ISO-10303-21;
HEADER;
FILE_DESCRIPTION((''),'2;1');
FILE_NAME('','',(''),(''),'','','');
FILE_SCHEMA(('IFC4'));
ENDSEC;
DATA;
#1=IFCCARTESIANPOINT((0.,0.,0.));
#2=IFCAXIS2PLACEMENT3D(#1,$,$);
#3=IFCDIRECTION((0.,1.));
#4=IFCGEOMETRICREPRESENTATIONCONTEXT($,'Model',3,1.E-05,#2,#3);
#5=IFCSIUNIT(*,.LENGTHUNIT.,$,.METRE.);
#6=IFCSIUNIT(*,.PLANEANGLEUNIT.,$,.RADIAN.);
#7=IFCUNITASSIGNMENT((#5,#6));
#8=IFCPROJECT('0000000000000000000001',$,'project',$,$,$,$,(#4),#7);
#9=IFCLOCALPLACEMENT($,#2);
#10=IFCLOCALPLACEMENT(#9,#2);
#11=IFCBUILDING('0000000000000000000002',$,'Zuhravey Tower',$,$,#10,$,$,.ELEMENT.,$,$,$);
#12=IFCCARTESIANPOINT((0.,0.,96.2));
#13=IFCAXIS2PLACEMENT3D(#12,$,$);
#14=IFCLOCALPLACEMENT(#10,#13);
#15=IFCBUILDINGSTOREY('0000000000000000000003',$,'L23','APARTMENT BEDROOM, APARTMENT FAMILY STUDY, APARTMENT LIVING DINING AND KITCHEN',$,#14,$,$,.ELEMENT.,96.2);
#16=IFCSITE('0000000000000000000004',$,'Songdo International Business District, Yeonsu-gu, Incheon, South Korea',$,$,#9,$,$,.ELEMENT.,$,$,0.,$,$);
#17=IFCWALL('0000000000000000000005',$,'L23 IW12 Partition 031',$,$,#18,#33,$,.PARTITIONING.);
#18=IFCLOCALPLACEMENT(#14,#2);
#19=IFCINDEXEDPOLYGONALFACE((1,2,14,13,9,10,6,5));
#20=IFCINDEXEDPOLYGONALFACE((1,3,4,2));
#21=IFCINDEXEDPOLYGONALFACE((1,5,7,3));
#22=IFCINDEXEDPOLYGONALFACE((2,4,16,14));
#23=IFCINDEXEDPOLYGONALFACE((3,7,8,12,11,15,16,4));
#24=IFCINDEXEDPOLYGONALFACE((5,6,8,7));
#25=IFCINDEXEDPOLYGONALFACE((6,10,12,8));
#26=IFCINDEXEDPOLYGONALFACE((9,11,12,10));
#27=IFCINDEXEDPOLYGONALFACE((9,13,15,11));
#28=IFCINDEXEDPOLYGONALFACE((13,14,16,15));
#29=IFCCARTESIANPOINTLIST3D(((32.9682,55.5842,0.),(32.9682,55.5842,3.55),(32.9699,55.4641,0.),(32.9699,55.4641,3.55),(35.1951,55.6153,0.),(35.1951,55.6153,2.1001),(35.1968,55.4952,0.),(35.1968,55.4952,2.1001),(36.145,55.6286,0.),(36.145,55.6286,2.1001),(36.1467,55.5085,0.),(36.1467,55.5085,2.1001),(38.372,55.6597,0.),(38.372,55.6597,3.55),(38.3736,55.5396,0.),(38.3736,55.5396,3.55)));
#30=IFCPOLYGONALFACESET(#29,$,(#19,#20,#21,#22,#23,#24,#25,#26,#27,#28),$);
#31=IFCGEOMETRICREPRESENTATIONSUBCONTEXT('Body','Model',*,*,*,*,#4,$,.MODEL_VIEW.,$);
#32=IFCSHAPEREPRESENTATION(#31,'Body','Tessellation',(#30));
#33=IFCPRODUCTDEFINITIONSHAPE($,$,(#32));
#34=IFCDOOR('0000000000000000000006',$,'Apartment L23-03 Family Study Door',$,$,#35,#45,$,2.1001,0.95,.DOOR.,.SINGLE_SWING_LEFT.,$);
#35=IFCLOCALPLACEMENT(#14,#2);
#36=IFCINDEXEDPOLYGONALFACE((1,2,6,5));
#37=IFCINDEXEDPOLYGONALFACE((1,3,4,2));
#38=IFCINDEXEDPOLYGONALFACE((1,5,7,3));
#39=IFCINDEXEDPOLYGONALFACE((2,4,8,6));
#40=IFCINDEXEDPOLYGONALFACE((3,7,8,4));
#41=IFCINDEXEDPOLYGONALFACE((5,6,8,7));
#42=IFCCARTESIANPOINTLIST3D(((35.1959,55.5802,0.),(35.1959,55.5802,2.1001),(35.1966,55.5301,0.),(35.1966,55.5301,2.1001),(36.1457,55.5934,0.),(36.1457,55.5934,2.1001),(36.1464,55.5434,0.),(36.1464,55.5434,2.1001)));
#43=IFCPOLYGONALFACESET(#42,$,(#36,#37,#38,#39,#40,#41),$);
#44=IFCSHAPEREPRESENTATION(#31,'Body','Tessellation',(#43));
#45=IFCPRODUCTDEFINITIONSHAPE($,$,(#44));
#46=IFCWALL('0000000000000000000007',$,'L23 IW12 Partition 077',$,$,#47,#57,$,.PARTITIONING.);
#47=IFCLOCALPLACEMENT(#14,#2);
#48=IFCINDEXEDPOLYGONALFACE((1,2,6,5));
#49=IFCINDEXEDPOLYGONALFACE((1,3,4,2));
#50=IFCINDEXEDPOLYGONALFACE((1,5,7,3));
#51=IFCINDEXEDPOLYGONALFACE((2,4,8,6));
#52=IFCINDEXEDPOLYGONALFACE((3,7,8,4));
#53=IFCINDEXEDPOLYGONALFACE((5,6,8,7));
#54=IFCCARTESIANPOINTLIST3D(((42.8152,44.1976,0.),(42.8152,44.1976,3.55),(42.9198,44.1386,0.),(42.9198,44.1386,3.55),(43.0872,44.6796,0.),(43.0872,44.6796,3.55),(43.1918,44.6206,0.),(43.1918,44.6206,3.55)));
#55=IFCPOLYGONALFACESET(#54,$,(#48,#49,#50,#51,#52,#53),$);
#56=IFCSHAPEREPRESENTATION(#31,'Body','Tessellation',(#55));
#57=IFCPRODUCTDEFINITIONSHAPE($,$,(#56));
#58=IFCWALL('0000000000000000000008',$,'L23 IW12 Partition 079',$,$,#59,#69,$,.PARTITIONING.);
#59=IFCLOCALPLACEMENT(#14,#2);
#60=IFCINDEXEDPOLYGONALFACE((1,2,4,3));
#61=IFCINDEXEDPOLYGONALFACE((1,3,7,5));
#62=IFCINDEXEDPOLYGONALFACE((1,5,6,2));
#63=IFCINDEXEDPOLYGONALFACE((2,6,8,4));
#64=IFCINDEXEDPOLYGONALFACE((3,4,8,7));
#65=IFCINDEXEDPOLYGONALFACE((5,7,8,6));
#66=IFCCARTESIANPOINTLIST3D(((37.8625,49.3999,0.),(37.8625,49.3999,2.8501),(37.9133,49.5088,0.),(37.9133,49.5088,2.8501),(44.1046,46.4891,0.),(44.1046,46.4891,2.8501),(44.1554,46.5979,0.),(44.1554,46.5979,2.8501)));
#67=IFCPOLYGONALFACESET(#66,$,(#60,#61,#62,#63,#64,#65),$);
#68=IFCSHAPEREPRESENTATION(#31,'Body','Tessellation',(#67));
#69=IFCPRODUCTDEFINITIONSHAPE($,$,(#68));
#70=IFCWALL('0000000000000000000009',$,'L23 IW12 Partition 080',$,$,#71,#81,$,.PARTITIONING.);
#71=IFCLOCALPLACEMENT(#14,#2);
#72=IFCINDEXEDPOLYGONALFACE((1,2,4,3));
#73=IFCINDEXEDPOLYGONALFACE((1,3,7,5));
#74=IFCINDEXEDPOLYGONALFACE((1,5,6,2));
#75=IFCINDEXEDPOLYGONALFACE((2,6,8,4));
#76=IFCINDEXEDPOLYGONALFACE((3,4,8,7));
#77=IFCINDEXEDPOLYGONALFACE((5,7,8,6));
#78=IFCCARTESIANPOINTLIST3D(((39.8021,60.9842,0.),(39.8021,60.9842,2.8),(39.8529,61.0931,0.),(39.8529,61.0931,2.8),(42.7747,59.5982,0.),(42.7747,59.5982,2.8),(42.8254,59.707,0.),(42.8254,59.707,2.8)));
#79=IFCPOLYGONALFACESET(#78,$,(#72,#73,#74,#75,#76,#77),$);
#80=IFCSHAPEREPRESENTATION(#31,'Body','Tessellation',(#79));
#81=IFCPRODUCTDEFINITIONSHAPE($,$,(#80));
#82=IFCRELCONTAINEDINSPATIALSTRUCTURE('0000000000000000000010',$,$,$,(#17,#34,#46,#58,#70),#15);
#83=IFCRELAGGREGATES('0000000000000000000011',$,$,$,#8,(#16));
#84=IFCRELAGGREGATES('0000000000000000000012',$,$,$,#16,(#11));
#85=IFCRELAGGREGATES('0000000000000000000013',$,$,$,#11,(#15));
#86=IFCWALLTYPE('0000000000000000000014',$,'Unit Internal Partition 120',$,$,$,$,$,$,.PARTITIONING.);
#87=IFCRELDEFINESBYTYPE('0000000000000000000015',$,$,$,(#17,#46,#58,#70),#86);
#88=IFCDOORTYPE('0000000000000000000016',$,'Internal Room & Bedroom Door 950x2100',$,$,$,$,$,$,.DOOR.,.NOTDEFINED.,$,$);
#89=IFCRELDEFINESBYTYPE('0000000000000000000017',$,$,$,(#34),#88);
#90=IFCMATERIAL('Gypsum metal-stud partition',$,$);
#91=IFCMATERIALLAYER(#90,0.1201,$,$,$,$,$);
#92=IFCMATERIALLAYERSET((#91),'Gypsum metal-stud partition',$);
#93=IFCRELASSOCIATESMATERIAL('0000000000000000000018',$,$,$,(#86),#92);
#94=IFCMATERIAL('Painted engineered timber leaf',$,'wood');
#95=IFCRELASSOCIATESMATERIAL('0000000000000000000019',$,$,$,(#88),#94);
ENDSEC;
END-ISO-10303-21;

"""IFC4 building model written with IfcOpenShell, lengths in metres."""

from ifc_helpers import new_model, si_unit, direction, frame, frame_2d, origin, place, context, subcontext, project, spatial, rectangle, extrude, material, layer, layer_set, type_object, element, fill, save


model = new_model("IFC4")

# Units and contexts
model_context = context("Model", 3, precision=1e-05, world=origin(), true_north=direction((0.0, 1.0)))
body_context = subcontext(model_context, "Body", "Model", "MODEL_VIEW")
ifc_project = project(units=[si_unit("LENGTHUNIT", "METRE"), si_unit("PLANEANGLEUNIT", "RADIAN")], contexts=[model_context])

# Site, building, storey
site_placement = place(None, origin())
site = spatial("IfcSite", under=ifc_project, at=site_placement, Name="Songdo International Business District, Yeonsu-gu, Incheon, South Korea", CompositionType="ELEMENT", RefElevation=0.0)
building_placement = place(site_placement, origin())
building = spatial("IfcBuilding", under=site, at=building_placement, Name="Zuhravey Tower", CompositionType="ELEMENT")
storey_placement = place(building_placement, frame((0.0, 0.0, 96.2)))
storey = spatial("IfcBuildingStorey", under=building, at=storey_placement, Name="L23", Description="APARTMENT BEDROOM, APARTMENT FAMILY STUDY, APARTMENT LIVING DINING AND KITCHEN", CompositionType="ELEMENT", Elevation=96.2)

# Wall, opening, door
ifc_material_1 = material(Name="Gypsum metal-stud partition")
ifc_layer_1 = layer(ifc_material_1, 0.1201)
ifc_layer_set_1 = layer_set([ifc_layer_1], Name="Gypsum metal-stud partition")
wall_type_1 = type_object("IfcWallType", Name="Unit Internal Partition 120", PredefinedType="PARTITIONING", material=ifc_layer_set_1)
ifc_material_2 = material(Name="Painted engineered timber leaf", Category="wood")
door_type_1 = type_object("IfcDoorType", Name="Internal Room & Bedroom Door 950x2100", OperationType="NOTDEFINED", PredefinedType="DOOR", material=ifc_material_2)
wall_1_placement = place(storey_placement, frame((38.3728, 55.5996, 0.0), z_axis=(0.0, 0.0, 1.0), x_axis=(-0.999903, -0.013959, 0.0)))
wall_1 = element("IfcWall", 1, at=wall_1_placement, inside=storey, type_object=wall_type_1, Name="L23 IW12 Partition 031", PredefinedType="PARTITIONING", context=body_context, shape_type="SweptSolid", body=[
    extrude(rectangle(XDim=5.4043, YDim=0.1201, at=frame_2d((2.7021, 0.0))), origin(), (0.0, 0.0, 1.0), 3.55),
])
opening_1_placement = place(wall_1_placement, frame((2.2271, 0.0, 0.0)))
opening_1 = element("IfcOpeningElement", 2, at=opening_1_placement, cuts=wall_1, PredefinedType="OPENING", context=body_context, shape_type="SweptSolid", body=[
    extrude(rectangle(XDim=0.95, YDim=2.1001, at=frame_2d((0.4751, 1.05))), frame((0.0, 0.072, 0.0), z_axis=(0.0, -1.0, 0.0), x_axis=(1.0, 0.0, 0.0)), (0.0, 0.0, 1.0), 0.144),
])
door_1_placement = place(opening_1_placement, frame((0.95, 0.0, 0.0), z_axis=(0.0, 0.0, 1.0), x_axis=(-1.0, 0.0, 0.0)))
door_1 = element("IfcDoor", 3, at=door_1_placement, inside=storey, type_object=door_type_1, Name="Apartment L23-03 Family Study Door", OperationType="SINGLE_SWING_LEFT", OverallHeight=2.1001, OverallWidth=0.95, PredefinedType="DOOR", context=body_context, shape_type="SweptSolid", body=[
    extrude(rectangle(XDim=0.95, YDim=2.1001, at=frame_2d((0.4751, 1.05))), frame((0.0, 0.0249, 0.0), z_axis=(0.0, -1.0, 0.0), x_axis=(1.0, 0.0, 0.0)), (0.0, 0.0, 1.0), 0.05),
])
fill(opening_1, door_1)

# Walls
wall_2_placement = place(storey_placement, frame((42.8674, 44.168, 0.0), z_axis=(0.0, 0.0, 1.0), x_axis=(0.491476, 0.870891, 0.0)))
element("IfcWall", 4, at=wall_2_placement, inside=storey, type_object=wall_type_1, Name="L23 IW12 Partition 077", PredefinedType="PARTITIONING", context=body_context, shape_type="SweptSolid", body=[
    extrude(rectangle(XDim=0.5535, YDim=0.1201, at=frame_2d((0.2769, 0.0))), origin(), (0.0, 0.0, 1.0), 3.55),
])
wall_3_placement = place(storey_placement, frame((44.1301, 46.5435, 0.0), z_axis=(0.0, 0.0, 1.0), x_axis=(-0.906302, 0.422631, 0.0)))
element("IfcWall", 5, at=wall_3_placement, inside=storey, type_object=wall_type_1, Name="L23 IW12 Partition 079", PredefinedType="PARTITIONING", context=body_context, shape_type="SweptSolid", body=[
    extrude(rectangle(XDim=6.8875, YDim=0.1201, at=frame_2d((3.4438, 0.0))), origin(), (0.0, 0.0, 1.0), 2.8501),
])
wall_4_placement = place(storey_placement, frame((42.8, 59.6526, 0.0), z_axis=(0.0, 0.0, 1.0), x_axis=(-0.906316, 0.4226, 0.0)))
element("IfcWall", 6, at=wall_4_placement, inside=storey, type_object=wall_type_1, Name="L23 IW12 Partition 080", PredefinedType="PARTITIONING", context=body_context, shape_type="SweptSolid", body=[
    extrude(rectangle(XDim=3.2798, YDim=0.1201, at=frame_2d((1.6399, 0.0))), origin(), (0.0, 0.0, 1.0), 2.8),
])

save(model, "model.ifc")
